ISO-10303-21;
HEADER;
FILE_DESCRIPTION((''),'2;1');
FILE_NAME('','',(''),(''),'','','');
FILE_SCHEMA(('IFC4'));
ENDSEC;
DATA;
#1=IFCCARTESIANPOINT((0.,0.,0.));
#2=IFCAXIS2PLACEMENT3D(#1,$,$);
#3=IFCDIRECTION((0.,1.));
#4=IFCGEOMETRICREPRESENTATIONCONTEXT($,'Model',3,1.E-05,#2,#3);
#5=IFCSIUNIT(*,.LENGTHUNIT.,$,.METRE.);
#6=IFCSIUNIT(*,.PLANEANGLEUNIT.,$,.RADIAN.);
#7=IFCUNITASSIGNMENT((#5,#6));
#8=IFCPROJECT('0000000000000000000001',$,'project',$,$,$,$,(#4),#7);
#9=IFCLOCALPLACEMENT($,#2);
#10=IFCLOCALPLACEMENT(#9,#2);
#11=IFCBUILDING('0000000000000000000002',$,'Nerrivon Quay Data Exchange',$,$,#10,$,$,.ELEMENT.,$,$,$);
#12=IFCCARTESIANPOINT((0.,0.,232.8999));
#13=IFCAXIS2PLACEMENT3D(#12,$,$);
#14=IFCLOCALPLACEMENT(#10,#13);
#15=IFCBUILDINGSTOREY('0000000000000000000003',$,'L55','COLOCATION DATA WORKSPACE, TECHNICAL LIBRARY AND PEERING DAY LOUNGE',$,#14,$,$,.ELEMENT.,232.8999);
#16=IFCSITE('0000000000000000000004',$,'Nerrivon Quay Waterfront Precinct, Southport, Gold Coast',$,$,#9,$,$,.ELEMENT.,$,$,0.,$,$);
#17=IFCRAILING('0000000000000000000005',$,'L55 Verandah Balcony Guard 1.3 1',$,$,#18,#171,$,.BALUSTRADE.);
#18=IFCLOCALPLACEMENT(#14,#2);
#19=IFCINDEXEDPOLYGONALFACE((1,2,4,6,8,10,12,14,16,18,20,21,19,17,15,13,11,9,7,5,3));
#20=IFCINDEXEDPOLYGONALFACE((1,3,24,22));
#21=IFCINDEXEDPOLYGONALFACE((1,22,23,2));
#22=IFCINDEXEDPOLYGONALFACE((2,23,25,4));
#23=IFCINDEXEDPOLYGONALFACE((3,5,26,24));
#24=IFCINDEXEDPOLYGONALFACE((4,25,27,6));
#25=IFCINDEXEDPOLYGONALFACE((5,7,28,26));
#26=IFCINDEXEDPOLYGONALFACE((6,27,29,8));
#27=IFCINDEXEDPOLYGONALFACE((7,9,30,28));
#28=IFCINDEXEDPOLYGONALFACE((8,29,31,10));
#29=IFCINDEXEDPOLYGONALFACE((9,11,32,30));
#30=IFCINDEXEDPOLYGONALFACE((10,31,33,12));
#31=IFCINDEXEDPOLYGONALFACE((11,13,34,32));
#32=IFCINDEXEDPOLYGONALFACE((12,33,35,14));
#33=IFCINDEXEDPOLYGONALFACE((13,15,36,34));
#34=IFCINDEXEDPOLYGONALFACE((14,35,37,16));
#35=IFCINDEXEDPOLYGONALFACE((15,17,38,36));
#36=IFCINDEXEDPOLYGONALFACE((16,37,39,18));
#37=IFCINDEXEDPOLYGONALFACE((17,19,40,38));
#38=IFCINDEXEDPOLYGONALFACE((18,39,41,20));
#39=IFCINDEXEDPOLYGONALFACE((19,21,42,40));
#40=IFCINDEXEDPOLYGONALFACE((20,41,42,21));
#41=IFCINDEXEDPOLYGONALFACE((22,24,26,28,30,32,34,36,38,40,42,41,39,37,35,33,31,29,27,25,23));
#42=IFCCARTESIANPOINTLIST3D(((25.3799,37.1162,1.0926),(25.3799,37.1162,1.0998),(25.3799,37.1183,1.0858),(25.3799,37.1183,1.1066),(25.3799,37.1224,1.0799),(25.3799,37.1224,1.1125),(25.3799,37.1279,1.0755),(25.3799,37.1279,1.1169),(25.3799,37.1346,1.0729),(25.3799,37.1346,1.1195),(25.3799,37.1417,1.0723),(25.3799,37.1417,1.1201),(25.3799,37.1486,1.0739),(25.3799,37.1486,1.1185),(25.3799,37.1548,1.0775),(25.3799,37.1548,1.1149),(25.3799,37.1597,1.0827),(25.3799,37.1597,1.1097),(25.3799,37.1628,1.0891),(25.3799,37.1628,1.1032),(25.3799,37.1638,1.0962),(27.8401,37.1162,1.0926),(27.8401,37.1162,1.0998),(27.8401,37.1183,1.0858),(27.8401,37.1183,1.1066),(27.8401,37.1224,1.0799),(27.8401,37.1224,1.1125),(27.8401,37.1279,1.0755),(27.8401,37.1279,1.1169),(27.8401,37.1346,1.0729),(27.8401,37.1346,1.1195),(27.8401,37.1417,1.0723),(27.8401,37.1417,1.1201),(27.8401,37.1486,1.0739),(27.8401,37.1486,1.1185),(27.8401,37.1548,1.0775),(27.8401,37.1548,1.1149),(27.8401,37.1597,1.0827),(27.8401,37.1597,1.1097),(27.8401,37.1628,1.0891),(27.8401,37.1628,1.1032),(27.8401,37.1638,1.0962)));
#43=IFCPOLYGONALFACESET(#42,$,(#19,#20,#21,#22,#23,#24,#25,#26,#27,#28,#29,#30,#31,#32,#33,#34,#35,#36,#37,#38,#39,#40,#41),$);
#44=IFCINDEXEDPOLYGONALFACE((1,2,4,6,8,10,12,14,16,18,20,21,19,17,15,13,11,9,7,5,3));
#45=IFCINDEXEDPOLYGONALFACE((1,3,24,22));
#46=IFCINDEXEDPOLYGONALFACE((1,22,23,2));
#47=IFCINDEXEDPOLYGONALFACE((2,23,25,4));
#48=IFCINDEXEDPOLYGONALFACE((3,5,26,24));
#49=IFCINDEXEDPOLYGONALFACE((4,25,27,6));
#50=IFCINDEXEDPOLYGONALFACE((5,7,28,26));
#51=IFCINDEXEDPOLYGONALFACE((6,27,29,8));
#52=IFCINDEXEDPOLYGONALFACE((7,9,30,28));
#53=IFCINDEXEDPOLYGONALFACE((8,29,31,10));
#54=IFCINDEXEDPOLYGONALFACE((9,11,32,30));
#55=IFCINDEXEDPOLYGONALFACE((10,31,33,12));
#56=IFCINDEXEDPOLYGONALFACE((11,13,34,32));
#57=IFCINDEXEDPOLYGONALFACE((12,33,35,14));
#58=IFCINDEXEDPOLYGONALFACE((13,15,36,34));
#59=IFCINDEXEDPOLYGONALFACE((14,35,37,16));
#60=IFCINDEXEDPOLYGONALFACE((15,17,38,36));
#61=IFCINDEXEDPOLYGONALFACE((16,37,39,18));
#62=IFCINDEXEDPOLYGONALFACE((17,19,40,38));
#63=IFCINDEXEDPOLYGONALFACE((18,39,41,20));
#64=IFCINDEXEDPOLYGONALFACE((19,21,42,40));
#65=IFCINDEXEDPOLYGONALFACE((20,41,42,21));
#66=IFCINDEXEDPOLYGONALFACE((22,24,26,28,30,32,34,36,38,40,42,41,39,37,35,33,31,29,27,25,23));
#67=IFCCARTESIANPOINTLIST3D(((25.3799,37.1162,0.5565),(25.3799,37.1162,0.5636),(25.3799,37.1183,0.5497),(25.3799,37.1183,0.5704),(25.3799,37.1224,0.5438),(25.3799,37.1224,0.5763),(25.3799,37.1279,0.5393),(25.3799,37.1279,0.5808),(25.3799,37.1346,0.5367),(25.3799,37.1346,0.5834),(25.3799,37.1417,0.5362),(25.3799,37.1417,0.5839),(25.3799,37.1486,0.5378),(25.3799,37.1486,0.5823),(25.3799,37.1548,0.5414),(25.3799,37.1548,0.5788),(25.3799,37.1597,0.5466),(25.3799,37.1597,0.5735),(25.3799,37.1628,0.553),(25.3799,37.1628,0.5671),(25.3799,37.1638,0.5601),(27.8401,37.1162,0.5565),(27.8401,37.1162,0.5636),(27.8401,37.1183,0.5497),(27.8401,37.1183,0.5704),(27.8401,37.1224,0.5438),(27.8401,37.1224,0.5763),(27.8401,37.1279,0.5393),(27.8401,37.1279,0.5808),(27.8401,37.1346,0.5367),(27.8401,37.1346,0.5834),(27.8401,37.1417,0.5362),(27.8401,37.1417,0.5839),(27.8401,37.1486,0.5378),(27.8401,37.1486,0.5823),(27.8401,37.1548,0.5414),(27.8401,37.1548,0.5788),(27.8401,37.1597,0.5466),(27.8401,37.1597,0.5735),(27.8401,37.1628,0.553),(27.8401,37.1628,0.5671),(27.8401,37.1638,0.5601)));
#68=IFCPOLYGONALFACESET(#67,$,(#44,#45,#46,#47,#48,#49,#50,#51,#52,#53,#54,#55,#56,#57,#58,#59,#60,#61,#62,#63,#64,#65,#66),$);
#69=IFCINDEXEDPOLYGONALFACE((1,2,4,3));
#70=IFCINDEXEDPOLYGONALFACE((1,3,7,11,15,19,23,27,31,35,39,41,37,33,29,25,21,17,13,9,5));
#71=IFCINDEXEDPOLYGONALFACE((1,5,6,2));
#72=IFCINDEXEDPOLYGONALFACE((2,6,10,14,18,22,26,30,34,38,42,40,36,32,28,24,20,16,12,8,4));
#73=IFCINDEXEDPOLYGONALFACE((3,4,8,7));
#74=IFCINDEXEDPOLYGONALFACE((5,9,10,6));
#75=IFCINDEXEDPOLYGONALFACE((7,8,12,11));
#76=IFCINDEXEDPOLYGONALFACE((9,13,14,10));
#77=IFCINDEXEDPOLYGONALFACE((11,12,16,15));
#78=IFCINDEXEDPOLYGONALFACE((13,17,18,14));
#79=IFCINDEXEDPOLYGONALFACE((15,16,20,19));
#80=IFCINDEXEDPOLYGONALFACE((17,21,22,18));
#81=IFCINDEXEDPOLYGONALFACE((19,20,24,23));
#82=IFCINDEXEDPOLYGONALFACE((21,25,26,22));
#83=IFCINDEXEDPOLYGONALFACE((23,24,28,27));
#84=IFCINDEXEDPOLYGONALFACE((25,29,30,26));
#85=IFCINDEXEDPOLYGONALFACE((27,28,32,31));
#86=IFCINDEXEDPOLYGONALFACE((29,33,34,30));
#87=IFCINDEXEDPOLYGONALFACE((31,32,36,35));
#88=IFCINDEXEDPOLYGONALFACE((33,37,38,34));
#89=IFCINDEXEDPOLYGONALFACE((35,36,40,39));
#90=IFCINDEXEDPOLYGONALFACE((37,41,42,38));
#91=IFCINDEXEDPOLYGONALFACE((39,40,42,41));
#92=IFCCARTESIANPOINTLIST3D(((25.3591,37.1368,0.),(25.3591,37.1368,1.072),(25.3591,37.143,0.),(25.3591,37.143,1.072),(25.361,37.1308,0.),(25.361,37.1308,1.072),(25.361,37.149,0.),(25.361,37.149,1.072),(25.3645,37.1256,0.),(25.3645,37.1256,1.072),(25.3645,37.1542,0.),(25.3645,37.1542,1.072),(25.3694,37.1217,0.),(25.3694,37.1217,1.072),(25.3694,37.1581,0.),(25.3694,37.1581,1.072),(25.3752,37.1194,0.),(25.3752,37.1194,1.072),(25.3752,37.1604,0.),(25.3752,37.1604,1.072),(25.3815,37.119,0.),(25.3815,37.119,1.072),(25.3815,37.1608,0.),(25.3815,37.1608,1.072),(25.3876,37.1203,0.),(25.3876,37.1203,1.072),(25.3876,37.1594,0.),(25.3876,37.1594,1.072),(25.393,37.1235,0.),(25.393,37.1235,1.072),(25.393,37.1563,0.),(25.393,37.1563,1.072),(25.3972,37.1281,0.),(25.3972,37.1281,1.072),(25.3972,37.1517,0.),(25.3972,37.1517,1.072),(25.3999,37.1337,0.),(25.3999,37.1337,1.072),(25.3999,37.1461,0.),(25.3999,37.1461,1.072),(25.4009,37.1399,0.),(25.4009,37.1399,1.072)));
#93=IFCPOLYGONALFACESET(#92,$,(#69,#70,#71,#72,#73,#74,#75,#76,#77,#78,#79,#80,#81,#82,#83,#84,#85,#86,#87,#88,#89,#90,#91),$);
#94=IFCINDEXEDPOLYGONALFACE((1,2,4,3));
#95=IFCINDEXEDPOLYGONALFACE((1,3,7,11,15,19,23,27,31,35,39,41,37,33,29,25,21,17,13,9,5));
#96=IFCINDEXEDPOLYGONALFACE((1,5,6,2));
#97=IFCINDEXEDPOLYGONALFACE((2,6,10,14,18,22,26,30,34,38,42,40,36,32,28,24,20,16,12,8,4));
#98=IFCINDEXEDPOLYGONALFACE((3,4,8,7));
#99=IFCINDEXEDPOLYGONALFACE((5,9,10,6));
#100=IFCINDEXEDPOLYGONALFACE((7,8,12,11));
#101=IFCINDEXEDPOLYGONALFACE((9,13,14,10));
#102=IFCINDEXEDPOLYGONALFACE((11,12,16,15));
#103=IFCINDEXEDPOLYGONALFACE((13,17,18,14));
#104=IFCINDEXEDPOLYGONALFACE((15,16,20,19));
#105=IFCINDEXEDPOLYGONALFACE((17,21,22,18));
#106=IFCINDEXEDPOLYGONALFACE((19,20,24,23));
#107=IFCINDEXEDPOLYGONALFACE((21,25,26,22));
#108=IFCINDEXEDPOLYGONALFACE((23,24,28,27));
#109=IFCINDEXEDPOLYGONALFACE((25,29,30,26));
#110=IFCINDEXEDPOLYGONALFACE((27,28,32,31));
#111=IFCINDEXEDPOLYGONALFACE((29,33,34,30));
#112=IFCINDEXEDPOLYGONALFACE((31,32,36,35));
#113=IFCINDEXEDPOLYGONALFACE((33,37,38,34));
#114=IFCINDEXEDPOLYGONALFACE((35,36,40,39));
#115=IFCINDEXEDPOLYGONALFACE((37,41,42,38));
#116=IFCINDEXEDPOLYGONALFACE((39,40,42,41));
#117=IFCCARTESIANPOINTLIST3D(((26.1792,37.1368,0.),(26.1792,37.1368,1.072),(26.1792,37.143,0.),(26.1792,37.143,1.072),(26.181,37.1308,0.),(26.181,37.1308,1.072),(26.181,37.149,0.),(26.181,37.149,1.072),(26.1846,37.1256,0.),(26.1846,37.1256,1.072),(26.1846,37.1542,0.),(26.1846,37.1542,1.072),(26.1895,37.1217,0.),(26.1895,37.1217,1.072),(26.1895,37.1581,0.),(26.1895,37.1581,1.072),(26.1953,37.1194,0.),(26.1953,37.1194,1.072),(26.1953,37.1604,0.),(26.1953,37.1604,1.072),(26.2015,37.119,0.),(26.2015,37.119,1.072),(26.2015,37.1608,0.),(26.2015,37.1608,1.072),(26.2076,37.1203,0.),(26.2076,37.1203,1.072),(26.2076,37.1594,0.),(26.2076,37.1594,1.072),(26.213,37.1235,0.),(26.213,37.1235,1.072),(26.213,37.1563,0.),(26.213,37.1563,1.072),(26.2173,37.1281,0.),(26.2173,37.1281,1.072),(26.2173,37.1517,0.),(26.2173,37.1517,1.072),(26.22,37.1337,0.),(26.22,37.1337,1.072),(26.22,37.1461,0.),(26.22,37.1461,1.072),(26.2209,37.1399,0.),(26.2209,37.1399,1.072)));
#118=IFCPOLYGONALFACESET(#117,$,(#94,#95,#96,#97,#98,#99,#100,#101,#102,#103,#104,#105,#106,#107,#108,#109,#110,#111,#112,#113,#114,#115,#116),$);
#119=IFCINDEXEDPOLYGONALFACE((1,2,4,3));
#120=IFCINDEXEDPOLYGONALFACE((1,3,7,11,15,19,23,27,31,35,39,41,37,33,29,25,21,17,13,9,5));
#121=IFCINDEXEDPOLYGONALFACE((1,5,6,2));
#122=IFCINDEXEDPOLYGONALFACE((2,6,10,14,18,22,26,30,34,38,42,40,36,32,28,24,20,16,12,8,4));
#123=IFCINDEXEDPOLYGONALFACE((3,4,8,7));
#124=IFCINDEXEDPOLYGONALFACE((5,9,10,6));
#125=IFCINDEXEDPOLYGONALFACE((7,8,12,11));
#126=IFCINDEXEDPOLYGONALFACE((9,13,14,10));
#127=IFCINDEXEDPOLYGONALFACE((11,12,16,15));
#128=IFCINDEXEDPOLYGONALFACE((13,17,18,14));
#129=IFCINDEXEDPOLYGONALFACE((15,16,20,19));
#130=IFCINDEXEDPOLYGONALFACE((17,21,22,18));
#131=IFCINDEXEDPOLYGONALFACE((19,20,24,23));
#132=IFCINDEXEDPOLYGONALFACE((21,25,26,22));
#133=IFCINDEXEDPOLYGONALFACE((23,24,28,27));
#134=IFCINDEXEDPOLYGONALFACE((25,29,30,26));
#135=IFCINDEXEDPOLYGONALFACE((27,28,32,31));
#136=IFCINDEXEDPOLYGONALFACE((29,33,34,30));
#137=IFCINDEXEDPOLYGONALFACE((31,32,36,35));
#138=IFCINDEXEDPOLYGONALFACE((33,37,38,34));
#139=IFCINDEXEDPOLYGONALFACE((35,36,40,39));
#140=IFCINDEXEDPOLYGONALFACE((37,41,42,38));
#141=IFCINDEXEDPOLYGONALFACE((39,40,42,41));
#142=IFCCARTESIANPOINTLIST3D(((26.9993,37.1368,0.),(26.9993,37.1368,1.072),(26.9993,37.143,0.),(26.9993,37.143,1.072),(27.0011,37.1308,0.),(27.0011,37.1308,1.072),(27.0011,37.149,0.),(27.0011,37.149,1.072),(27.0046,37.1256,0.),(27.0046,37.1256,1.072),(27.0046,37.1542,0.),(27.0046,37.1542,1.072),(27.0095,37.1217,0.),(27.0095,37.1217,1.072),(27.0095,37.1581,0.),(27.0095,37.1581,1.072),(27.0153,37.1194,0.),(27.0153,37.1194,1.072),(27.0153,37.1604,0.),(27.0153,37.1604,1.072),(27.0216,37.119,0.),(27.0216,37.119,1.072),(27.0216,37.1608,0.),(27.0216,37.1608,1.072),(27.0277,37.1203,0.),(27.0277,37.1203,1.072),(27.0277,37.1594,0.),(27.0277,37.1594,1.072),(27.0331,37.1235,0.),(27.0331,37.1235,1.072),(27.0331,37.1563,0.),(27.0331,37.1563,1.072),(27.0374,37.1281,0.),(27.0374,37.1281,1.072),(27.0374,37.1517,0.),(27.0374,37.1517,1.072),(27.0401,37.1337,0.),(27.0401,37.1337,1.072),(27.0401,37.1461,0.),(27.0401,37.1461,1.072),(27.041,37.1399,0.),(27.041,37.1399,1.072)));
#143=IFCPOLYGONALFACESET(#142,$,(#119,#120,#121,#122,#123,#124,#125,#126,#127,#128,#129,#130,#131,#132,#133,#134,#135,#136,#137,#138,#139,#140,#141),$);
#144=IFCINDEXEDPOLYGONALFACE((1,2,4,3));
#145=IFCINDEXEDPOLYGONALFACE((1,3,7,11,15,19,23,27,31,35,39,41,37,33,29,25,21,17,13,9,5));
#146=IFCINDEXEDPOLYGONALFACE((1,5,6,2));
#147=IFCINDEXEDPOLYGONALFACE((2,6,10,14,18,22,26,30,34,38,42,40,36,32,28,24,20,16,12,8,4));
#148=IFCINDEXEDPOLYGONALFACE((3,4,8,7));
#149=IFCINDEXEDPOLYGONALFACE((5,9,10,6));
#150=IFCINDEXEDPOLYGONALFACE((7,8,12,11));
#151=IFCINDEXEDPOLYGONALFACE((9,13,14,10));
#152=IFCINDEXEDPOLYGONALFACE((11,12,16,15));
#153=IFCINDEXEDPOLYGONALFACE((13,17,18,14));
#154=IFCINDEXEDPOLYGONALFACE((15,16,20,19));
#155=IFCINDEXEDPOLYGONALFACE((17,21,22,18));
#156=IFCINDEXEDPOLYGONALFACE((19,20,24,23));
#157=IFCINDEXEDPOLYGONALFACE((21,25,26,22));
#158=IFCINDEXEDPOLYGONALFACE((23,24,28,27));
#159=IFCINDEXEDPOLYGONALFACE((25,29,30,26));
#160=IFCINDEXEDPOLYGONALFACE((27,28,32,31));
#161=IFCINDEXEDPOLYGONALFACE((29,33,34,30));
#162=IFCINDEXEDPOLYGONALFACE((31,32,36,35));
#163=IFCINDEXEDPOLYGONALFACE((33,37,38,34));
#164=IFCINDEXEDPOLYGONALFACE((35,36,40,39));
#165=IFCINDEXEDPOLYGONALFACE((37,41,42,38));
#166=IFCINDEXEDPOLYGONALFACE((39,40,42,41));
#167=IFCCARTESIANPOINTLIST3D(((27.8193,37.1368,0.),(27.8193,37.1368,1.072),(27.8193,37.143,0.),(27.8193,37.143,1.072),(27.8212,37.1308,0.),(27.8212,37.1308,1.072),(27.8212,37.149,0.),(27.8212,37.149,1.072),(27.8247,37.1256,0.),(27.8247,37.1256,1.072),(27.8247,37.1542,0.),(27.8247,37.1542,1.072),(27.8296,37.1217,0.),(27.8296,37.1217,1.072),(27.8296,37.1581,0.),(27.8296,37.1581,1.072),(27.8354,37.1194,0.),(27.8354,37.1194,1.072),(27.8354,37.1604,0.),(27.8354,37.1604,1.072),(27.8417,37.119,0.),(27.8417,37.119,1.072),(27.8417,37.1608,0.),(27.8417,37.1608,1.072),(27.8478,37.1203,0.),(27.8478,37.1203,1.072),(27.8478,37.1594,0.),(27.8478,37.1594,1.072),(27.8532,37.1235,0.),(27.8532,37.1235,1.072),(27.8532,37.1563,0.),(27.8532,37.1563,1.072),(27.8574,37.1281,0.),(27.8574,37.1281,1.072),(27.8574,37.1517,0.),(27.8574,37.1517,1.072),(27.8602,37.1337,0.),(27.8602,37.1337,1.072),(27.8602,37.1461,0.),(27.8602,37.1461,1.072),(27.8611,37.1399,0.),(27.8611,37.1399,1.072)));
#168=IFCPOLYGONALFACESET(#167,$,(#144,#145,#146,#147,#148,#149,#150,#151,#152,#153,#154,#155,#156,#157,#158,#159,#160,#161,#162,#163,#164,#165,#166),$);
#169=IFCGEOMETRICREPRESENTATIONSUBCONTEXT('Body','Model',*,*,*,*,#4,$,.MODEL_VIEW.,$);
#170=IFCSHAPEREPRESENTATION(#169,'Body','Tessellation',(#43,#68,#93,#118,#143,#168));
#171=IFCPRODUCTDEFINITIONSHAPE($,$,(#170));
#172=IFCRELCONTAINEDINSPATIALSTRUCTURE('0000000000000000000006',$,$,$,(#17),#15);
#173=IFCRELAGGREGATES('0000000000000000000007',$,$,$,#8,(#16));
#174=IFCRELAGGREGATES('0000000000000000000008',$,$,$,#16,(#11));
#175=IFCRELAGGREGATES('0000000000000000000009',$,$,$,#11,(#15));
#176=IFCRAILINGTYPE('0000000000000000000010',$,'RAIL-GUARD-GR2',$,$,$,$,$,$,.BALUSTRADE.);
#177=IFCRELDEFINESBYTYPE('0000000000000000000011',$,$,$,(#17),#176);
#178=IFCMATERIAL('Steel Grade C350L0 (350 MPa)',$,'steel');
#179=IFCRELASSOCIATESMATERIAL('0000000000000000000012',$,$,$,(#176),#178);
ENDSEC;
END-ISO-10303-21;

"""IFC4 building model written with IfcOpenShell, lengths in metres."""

from ifc_helpers import new_model, si_unit, direction, frame, origin, origin_2d, place, context, subcontext, project, spatial, circle, extrude, material, type_object, element, save


model = new_model("IFC4")

# Units and contexts
model_context = context("Model", 3, precision=1e-05, world=origin(), true_north=direction((0.0, 1.0)))
body_context = subcontext(model_context, "Body", "Model", "MODEL_VIEW")
ifc_project = project(units=[si_unit("LENGTHUNIT", "METRE"), si_unit("PLANEANGLEUNIT", "RADIAN")], contexts=[model_context])

# Site, building, storey
site_placement = place(None, origin())
site = spatial("IfcSite", under=ifc_project, at=site_placement, Name="Nerrivon Quay Waterfront Precinct, Southport, Gold Coast", CompositionType="ELEMENT", RefElevation=0.0)
building_placement = place(site_placement, origin())
building = spatial("IfcBuilding", under=site, at=building_placement, Name="Nerrivon Quay Data Exchange", CompositionType="ELEMENT")
storey_placement = place(building_placement, frame((0.0, 0.0, 232.8999)))
storey = spatial("IfcBuildingStorey", under=building, at=storey_placement, Name="L55", Description="COLOCATION DATA WORKSPACE, TECHNICAL LIBRARY AND PEERING DAY LOUNGE", CompositionType="ELEMENT", Elevation=232.8999)

# Shared definitions
ifc_material_1 = material(Name="Steel Grade C350L0 (350 MPa)", Category="steel")

# Railing
railing_type = type_object("IfcRailingType", Name="RAIL-GUARD-GR2", PredefinedType="BALUSTRADE", material=ifc_material_1)
railing_1_placement = place(storey_placement, frame((25.3799, 37.1399, 0.0)))
element("IfcRailing", 1, at=railing_1_placement, inside=storey, type_object=railing_type, Name="L55 Verandah Balcony Guard 1.3 1", PredefinedType="BALUSTRADE", context=body_context, shape_type="SweptSolid", body=[
    extrude(circle(Radius=0.0239, at=origin_2d()), frame((0.0, 0.0, 1.0962), z_axis=(1.0, 0.0, 0.0), x_axis=(0.0, 1.0, 0.0)), (0.0, 0.0, 1.0), 2.4602),
    extrude(circle(Radius=0.0239, at=origin_2d()), frame((0.0, 0.0, 0.5601), z_axis=(1.0, 0.0, 0.0), x_axis=(0.0, 1.0, 0.0)), (0.0, 0.0, 1.0), 2.4602),
    extrude(circle(Radius=0.021, at=origin_2d()), origin(), (0.0, 0.0, 1.0), 1.072),
    extrude(circle(Radius=0.021, at=origin_2d()), frame((0.8201, 0.0, 0.0)), (0.0, 0.0, 1.0), 1.072),
    extrude(circle(Radius=0.021, at=origin_2d()), frame((1.6401, 0.0, 0.0)), (0.0, 0.0, 1.0), 1.072),
    extrude(circle(Radius=0.021, at=origin_2d()), frame((2.4602, 0.0, 0.0)), (0.0, 0.0, 1.0), 1.072),
])

save(model, "model.ifc")
